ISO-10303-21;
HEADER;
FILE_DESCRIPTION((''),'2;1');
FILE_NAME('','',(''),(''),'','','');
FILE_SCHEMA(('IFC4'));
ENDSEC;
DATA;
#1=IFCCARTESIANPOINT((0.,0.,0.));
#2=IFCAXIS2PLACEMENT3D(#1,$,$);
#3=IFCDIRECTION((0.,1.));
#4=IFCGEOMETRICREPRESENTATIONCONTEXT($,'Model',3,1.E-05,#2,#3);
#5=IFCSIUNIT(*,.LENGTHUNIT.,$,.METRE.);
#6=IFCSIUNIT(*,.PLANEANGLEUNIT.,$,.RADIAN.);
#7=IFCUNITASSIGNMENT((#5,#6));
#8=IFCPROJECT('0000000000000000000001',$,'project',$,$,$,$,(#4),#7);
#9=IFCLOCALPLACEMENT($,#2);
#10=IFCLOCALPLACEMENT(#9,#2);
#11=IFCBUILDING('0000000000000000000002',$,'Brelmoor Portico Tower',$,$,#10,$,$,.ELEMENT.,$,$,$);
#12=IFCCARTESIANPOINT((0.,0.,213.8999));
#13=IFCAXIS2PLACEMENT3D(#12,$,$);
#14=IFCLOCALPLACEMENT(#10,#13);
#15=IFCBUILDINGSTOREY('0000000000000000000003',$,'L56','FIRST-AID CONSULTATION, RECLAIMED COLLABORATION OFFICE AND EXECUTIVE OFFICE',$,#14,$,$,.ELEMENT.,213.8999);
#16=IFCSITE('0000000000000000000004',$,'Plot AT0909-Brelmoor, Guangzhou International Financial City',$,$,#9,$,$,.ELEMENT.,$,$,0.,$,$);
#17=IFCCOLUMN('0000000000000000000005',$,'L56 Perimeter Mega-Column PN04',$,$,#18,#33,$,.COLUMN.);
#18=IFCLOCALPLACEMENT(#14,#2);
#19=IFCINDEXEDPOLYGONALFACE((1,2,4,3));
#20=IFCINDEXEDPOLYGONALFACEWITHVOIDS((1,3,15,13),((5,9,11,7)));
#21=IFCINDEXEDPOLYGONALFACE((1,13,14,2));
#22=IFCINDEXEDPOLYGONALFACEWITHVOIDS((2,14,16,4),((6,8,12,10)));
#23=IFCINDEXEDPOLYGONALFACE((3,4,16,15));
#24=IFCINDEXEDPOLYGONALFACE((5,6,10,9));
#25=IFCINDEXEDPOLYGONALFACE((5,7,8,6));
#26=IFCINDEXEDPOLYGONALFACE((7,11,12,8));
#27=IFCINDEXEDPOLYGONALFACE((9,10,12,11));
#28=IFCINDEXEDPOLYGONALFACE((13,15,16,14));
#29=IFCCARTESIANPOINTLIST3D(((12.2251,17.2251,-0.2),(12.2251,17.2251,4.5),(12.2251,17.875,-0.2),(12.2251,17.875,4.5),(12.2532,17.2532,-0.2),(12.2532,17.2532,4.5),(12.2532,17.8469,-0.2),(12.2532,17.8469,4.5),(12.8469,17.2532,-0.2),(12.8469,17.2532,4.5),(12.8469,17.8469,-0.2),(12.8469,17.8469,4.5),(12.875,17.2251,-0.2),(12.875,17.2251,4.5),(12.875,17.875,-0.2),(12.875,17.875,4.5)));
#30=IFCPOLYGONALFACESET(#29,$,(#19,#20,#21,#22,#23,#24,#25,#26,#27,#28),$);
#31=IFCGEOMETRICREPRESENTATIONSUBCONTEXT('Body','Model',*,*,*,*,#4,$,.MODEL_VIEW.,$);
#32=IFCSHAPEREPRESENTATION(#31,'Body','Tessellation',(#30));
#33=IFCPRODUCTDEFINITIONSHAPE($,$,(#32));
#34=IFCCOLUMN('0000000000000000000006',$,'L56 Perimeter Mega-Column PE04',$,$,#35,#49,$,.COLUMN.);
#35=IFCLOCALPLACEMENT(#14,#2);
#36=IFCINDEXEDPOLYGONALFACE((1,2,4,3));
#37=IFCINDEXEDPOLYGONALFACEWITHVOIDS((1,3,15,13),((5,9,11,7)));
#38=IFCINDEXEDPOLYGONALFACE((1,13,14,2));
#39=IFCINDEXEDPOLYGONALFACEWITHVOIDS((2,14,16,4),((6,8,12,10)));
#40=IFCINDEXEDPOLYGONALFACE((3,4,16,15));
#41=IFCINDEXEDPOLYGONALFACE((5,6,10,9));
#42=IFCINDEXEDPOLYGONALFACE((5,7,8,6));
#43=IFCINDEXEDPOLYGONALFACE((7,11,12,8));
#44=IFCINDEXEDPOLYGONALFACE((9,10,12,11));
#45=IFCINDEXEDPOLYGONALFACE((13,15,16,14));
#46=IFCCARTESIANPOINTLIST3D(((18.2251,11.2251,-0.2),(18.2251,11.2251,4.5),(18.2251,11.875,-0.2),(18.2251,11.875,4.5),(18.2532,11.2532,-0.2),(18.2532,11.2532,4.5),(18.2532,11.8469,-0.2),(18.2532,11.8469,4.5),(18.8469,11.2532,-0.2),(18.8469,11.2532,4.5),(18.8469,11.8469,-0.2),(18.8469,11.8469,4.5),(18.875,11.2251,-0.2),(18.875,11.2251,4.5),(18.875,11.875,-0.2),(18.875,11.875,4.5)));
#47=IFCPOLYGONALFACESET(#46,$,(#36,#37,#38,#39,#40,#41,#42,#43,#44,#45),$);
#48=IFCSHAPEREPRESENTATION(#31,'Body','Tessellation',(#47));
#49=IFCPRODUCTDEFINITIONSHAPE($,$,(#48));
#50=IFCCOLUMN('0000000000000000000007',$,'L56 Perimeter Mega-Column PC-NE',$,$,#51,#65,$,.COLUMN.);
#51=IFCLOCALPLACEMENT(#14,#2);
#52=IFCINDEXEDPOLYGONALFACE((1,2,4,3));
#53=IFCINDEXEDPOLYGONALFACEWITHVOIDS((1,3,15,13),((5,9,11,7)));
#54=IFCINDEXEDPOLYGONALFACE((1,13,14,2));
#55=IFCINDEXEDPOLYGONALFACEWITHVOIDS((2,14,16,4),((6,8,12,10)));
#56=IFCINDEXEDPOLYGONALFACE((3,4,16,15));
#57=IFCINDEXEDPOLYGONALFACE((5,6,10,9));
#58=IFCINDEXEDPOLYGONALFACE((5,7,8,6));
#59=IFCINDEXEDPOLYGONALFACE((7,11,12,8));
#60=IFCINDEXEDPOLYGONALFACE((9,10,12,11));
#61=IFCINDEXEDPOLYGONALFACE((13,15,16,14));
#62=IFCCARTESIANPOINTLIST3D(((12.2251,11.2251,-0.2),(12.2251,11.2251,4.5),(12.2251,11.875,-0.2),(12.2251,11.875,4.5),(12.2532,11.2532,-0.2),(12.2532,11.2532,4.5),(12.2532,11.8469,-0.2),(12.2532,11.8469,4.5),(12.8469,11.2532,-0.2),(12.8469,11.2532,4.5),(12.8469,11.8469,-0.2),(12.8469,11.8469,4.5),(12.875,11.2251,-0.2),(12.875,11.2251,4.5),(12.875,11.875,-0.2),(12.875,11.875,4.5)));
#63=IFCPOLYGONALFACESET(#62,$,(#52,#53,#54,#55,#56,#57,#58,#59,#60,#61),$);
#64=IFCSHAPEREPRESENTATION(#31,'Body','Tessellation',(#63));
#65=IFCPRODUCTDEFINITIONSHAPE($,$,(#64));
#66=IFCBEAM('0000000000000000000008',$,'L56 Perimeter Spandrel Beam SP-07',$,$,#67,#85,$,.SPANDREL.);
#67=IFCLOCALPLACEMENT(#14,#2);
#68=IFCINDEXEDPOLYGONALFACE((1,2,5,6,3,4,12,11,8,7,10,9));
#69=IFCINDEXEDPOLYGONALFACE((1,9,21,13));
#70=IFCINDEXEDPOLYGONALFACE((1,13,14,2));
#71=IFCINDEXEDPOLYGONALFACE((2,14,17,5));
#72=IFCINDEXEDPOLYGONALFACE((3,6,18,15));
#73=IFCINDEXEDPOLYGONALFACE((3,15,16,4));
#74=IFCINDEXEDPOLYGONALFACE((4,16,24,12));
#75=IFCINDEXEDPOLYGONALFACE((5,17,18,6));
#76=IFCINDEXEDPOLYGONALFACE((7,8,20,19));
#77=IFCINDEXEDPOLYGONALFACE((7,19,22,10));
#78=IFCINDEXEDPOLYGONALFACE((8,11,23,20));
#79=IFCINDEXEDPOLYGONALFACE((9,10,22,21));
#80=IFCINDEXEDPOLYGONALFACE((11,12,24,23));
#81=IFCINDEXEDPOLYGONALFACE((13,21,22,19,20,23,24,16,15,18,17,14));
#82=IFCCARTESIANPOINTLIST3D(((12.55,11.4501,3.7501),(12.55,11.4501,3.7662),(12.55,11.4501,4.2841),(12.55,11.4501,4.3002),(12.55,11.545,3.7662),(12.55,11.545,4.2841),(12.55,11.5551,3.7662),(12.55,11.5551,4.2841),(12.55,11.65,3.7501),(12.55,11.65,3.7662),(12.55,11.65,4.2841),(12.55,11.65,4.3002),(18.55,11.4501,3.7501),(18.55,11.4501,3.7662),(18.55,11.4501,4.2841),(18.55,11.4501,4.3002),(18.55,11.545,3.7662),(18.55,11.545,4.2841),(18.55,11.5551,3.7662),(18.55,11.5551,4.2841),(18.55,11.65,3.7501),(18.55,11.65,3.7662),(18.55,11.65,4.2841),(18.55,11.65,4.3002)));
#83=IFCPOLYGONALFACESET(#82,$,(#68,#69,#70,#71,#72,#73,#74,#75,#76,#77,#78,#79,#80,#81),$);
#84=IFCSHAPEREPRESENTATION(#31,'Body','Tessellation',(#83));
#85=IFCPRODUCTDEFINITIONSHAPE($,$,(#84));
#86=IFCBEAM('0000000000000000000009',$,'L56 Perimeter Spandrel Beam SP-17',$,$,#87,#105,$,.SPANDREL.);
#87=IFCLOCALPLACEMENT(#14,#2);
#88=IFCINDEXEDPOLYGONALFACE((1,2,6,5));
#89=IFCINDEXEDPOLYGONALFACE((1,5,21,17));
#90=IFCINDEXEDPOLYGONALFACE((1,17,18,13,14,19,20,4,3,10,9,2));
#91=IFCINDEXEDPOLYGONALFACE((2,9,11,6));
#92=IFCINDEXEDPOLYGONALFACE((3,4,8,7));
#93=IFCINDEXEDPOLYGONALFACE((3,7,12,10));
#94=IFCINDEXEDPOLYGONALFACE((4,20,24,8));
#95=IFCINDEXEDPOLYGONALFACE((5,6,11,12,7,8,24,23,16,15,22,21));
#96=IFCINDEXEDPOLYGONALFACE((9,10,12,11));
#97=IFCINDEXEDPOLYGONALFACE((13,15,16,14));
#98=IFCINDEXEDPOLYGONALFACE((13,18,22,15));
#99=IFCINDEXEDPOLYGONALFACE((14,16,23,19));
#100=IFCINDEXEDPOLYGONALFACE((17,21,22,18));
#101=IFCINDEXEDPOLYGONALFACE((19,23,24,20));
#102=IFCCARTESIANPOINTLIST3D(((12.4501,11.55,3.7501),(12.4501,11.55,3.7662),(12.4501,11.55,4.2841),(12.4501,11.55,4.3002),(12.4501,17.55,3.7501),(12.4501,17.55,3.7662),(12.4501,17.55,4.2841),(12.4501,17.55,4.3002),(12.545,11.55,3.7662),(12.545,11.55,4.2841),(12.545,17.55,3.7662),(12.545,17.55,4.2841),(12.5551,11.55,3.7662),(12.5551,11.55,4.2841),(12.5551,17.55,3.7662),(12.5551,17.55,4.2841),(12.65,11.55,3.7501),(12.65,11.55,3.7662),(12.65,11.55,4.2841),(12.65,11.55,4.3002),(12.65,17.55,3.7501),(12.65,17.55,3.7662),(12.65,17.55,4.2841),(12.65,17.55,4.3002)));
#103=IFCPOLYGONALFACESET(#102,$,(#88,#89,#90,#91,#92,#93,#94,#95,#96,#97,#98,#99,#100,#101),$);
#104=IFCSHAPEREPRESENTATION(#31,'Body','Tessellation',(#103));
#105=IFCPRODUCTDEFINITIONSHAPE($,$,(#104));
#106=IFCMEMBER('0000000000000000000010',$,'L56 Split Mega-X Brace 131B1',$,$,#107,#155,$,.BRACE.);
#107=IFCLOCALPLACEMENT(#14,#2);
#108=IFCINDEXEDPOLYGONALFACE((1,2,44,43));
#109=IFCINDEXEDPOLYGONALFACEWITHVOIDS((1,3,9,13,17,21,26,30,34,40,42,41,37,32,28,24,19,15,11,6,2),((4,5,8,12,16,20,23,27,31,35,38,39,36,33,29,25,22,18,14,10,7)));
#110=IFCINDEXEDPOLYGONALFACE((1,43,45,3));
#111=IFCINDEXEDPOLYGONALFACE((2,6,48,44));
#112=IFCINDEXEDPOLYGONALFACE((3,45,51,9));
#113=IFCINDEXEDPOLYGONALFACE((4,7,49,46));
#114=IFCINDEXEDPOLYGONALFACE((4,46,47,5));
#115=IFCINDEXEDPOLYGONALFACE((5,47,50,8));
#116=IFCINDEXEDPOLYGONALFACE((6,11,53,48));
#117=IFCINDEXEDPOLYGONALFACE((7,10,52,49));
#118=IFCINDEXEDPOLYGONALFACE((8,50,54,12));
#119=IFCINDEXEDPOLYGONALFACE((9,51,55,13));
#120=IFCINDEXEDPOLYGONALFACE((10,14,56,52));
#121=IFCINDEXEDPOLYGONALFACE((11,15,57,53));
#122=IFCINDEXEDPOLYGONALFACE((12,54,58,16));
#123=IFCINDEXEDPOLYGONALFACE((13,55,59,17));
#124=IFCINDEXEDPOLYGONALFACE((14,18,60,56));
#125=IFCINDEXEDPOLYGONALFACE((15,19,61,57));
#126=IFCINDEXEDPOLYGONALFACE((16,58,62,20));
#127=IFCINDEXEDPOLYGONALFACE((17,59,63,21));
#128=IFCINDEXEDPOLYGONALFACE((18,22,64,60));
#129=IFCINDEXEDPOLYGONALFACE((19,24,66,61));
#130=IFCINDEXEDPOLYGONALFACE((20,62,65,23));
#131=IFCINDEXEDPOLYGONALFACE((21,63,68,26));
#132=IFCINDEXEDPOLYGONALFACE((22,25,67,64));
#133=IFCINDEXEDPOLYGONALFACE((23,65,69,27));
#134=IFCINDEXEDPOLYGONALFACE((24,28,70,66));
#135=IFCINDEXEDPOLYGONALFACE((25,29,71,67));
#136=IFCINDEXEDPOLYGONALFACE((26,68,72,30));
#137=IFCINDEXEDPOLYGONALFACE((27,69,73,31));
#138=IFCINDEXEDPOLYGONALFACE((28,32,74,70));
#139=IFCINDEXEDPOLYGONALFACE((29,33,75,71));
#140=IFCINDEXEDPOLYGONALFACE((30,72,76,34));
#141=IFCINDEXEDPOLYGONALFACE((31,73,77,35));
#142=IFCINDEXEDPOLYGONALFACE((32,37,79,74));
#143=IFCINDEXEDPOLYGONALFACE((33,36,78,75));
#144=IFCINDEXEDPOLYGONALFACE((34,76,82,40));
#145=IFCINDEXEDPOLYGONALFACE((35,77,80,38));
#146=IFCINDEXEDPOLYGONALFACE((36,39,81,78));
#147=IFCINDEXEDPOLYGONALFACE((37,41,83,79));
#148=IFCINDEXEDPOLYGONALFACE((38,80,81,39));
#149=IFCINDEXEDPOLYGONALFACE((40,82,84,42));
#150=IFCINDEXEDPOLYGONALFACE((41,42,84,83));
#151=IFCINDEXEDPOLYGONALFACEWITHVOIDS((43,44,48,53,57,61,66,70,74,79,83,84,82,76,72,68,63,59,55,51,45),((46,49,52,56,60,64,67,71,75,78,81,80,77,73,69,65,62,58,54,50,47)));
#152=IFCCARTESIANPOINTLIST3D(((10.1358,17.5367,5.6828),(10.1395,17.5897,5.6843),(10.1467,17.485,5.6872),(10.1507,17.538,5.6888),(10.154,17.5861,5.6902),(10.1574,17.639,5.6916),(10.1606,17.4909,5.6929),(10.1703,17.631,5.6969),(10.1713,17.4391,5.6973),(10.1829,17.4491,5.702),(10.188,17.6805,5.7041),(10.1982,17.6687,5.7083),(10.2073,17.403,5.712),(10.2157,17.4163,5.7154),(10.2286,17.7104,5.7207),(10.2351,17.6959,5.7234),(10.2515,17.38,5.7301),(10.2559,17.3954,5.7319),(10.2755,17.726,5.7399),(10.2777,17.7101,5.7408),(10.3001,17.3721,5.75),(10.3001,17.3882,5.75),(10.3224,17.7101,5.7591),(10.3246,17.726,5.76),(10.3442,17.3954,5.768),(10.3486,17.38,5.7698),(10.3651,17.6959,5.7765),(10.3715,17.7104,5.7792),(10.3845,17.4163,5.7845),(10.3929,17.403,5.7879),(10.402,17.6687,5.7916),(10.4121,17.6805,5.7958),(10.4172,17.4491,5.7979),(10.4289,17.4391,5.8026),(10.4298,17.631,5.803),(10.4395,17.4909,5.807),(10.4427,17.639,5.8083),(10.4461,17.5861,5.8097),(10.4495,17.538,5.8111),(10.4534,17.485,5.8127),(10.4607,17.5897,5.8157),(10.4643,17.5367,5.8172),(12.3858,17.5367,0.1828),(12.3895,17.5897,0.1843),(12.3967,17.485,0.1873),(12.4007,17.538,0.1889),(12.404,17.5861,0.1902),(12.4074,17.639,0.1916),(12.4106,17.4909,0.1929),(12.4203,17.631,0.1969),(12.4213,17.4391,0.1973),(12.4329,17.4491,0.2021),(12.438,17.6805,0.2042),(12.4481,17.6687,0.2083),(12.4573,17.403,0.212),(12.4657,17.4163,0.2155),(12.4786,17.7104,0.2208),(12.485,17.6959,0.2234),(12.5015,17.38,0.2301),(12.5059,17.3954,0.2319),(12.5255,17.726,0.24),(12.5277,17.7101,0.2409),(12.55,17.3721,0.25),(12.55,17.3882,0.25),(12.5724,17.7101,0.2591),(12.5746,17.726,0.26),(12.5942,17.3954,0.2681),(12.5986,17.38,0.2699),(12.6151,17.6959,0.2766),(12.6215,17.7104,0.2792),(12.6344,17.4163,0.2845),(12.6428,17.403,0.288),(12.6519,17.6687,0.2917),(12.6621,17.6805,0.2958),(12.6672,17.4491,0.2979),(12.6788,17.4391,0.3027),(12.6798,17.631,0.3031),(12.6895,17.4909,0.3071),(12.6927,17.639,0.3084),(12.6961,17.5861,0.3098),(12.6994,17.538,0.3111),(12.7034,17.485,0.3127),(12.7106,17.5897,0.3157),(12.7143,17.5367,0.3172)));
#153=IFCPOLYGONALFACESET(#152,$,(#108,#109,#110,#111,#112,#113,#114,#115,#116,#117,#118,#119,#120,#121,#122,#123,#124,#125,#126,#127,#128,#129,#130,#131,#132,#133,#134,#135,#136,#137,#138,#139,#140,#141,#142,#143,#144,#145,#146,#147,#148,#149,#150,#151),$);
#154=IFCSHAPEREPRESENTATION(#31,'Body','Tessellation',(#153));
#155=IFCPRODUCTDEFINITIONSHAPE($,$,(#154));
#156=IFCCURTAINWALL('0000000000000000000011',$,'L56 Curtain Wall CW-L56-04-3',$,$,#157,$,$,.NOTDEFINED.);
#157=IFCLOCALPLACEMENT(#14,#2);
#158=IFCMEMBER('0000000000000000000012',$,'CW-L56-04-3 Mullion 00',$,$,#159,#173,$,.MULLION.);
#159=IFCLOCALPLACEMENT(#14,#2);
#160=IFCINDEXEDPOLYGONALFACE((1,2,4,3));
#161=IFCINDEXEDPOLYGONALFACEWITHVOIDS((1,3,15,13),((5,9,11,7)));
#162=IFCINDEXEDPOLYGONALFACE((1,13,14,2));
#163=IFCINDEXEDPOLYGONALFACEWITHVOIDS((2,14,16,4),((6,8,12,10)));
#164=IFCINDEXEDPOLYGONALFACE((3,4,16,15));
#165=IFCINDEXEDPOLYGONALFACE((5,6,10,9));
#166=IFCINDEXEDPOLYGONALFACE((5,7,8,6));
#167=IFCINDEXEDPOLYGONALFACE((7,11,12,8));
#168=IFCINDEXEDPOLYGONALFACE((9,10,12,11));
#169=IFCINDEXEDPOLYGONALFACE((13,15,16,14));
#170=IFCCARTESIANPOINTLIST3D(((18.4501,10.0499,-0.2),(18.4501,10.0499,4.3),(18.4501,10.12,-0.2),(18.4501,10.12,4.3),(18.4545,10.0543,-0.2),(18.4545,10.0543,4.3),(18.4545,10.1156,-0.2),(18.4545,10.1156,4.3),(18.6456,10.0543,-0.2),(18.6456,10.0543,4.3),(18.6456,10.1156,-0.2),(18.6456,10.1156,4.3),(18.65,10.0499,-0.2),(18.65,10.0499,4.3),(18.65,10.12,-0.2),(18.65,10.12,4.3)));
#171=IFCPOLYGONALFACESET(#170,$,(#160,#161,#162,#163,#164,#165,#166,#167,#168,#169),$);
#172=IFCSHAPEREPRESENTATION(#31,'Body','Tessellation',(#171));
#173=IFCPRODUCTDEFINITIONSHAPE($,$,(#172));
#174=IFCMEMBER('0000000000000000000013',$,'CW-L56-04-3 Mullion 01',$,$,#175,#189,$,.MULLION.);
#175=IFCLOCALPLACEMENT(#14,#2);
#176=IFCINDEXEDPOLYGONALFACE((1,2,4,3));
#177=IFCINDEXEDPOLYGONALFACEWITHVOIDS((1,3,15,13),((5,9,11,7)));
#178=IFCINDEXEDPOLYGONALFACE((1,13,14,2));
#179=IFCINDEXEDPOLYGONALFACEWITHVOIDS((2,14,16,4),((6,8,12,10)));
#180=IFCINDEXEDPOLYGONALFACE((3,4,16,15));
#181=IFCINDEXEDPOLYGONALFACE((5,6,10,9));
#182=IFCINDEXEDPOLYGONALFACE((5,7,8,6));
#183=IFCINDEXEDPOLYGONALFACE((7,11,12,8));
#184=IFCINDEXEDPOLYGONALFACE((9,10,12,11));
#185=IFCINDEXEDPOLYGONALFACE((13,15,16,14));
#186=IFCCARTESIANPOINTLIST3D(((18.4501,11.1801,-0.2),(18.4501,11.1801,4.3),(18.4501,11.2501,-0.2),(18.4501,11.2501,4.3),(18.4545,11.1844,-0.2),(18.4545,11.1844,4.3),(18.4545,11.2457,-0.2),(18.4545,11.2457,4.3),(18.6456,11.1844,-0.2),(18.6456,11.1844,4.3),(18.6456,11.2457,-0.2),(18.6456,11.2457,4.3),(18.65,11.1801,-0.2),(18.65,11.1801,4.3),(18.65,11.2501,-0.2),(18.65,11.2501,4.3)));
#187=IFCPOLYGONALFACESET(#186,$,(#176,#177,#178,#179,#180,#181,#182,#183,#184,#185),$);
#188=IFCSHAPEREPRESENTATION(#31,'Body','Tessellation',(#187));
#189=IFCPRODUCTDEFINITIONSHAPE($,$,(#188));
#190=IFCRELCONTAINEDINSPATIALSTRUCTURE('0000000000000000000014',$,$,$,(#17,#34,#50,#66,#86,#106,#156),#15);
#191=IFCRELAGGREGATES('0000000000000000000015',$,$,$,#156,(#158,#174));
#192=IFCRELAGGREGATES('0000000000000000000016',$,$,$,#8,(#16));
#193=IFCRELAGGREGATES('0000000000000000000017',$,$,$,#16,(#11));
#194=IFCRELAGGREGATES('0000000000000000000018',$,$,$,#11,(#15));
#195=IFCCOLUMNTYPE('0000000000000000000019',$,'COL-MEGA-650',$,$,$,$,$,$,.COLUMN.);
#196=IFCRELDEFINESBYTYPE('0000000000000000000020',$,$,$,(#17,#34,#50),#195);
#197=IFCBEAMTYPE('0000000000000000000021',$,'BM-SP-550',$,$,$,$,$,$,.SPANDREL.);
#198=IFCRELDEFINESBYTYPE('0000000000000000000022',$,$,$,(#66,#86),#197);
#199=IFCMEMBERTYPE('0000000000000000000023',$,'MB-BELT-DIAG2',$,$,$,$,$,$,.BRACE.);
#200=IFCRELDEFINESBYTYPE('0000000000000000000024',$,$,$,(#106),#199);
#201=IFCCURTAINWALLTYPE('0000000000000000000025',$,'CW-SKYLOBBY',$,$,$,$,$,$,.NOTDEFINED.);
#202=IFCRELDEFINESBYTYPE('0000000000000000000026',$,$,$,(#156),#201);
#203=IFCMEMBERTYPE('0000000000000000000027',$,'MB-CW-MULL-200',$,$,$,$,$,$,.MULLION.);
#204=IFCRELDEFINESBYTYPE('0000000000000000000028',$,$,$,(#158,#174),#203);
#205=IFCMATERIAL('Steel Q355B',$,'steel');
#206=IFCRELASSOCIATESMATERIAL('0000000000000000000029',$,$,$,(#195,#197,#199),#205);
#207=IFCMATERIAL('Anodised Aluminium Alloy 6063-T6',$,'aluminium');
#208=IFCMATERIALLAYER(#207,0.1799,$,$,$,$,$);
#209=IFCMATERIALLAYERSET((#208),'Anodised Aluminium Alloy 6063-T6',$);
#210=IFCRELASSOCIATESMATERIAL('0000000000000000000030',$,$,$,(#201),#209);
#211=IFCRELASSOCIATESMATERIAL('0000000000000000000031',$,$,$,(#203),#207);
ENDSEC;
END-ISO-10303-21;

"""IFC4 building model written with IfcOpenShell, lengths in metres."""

from ifc_helpers import new_model, si_unit, direction, frame, origin, origin_2d, place, context, subcontext, project, spatial, hollow_rectangle, hollow_circle, i_section, extrude, material, layer, layer_set, material_profile, profile_set, type_object, element, aggregate, save


model = new_model("IFC4")

# Units and contexts
model_context = context("Model", 3, precision=1e-05, world=origin(), true_north=direction((0.0, 1.0)))
body_context = subcontext(model_context, "Body", "Model", "MODEL_VIEW")
ifc_project = project(units=[si_unit("LENGTHUNIT", "METRE"), si_unit("PLANEANGLEUNIT", "RADIAN")], contexts=[model_context])

# Site, building, storey
site_placement = place(None, origin())
site = spatial("IfcSite", under=ifc_project, at=site_placement, Name="Plot AT0909-Brelmoor, Guangzhou International Financial City", CompositionType="ELEMENT", RefElevation=0.0)
building_placement = place(site_placement, origin())
building = spatial("IfcBuilding", under=site, at=building_placement, Name="Brelmoor Portico Tower", CompositionType="ELEMENT")
storey_placement = place(building_placement, frame((0.0, 0.0, 213.8999)))
storey = spatial("IfcBuildingStorey", under=building, at=storey_placement, Name="L56", Description="FIRST-AID CONSULTATION, RECLAIMED COLLABORATION OFFICE AND EXECUTIVE OFFICE", CompositionType="ELEMENT", Elevation=213.8999)

# Columns
ifc_material_1 = material(Name="Steel Q355B", Category="steel")
ifc_material_profile_1 = material_profile(ifc_material_1, hollow_rectangle(XDim=0.6499, YDim=0.6499, WallThickness=0.0281, at=origin_2d()), Name="BOX 650x650x28")
ifc_profile_set_1 = profile_set([ifc_material_profile_1], Name="Steel Q355B")
column_type = type_object("IfcColumnType", Name="COL-MEGA-650", PredefinedType="COLUMN", material=ifc_profile_set_1)
for number, where, z_axis, x_axis, name in (
    (1, (12.55, 17.55, -0.2), (0.0, 0.0, 1.0), (1.0, 0.0, 0.0), "L56 Perimeter Mega-Column PN04"),
    (2, (18.55, 11.55, -0.2), (0.0, 0.0, 1.0), (0.0, 1.0, 0.0), "L56 Perimeter Mega-Column PE04"),
    (3, (12.55, 11.55, -0.2), (0.0, 0.0, 1.0), (1.0, 0.0, 0.0), "L56 Perimeter Mega-Column PC-NE"),
):
    element("IfcColumn", number, at=place(storey_placement, frame(where, z_axis=z_axis, x_axis=x_axis)), inside=storey, type_object=column_type, Name=name, PredefinedType="COLUMN", context=body_context, shape_type="SweptSolid", body=[
        extrude(hollow_rectangle(XDim=0.6499, YDim=0.6499, WallThickness=0.0281, at=origin_2d()), origin(), (0.0, 0.0, 1.0), 4.7),
    ])

# Beams
ifc_material_profile_2 = material_profile(ifc_material_1, i_section(OverallWidth=0.2, OverallDepth=0.55, WebThickness=0.01, FlangeThickness=0.0161, at=origin_2d()), Name="HN 550x200x10x16")
ifc_profile_set_2 = profile_set([ifc_material_profile_2], Name="Steel Q355B")
beam_type = type_object("IfcBeamType", Name="BM-SP-550", PredefinedType="SPANDREL", material=ifc_profile_set_2)
for number, where, z_axis, x_axis, name in (
    (4, (12.55, 11.55, 4.0251), (1.0, 0.0, 0.0), (0.0, 1.0, 0.0), "L56 Perimeter Spandrel Beam SP-07"),
    (5, (12.55, 11.55, 4.0251), (0.0, 1.0, 0.0), (-1.0, 0.0, 0.0), "L56 Perimeter Spandrel Beam SP-17"),
):
    element("IfcBeam", number, at=place(storey_placement, frame(where, z_axis=z_axis, x_axis=x_axis)), inside=storey, type_object=beam_type, Name=name, PredefinedType="SPANDREL", context=body_context, shape_type="SweptSolid", body=[
        extrude(i_section(OverallWidth=0.2, OverallDepth=0.55, WebThickness=0.01, FlangeThickness=0.0161, at=origin_2d()), origin(), (0.0, 0.0, 1.0), 6.0),
    ])

# Member
ifc_material_profile_3 = material_profile(ifc_material_1, hollow_circle(Radius=0.178, WallThickness=0.0161, at=origin_2d()), Name="CHS 356x16")
ifc_profile_set_3 = profile_set([ifc_material_profile_3], Name="Steel Q355B")
member_type_1 = type_object("IfcMemberType", Name="MB-BELT-DIAG2", PredefinedType="BRACE", material=ifc_profile_set_3)
member_1_placement = place(storey_placement, frame((12.55, 17.55, 0.25), z_axis=(-0.378633, 0.0, 0.925547), x_axis=(0.0, -1.0, 0.0)))
element("IfcMember", 6, at=member_1_placement, inside=storey, type_object=member_type_1, Name="L56 Split Mega-X Brace 131B1", PredefinedType="BRACE", context=body_context, shape_type="SweptSolid", body=[
    extrude(hollow_circle(Radius=0.178, WallThickness=0.0161, at=origin_2d()), origin(), (0.0, 0.0, 1.0), 5.9424),
])

# Curtain wall, members
ifc_material_2 = material(Name="Anodised Aluminium Alloy 6063-T6", Category="aluminium")
ifc_layer_1 = layer(ifc_material_2, 0.1799)
ifc_layer_set_1 = layer_set([ifc_layer_1], Name="Anodised Aluminium Alloy 6063-T6")
curtain_wall_type = type_object("IfcCurtainWallType", Name="CW-SKYLOBBY", PredefinedType="NOTDEFINED", material=ifc_layer_set_1)
curtain_wall_placement = place(storey_placement, origin())
curtain_wall = element("IfcCurtainWall", 7, at=curtain_wall_placement, inside=storey, type_object=curtain_wall_type, Name="L56 Curtain Wall CW-L56-04-3", PredefinedType="NOTDEFINED")
ifc_material_profile_4 = material_profile(ifc_material_2, hollow_rectangle(XDim=0.0701, YDim=0.2, WallThickness=0.0044, at=origin_2d()), Name="ALU MULLION 70x200")
ifc_profile_set_4 = profile_set([ifc_material_profile_4], Name="Anodised Aluminium Alloy 6063-T6")
member_type_2 = type_object("IfcMemberType", Name="MB-CW-MULL-200", PredefinedType="MULLION", material=ifc_profile_set_4)
member_2_placement = place(storey_placement, frame((18.55, 10.085, -0.2), z_axis=(0.0, 0.0, 1.0), x_axis=(0.0, 1.0, 0.0)))
member_2 = element("IfcMember", 8, at=member_2_placement, type_object=member_type_2, Name="CW-L56-04-3 Mullion 00", PredefinedType="MULLION", context=body_context, shape_type="SweptSolid", body=[
    extrude(hollow_rectangle(XDim=0.0701, YDim=0.2, WallThickness=0.0044, at=origin_2d()), origin(), (0.0, 0.0, 1.0), 4.5),
])
member_3_placement = place(storey_placement, frame((18.55, 11.2151, -0.2), z_axis=(0.0, 0.0, 1.0), x_axis=(0.0, 1.0, 0.0)))
member_3 = element("IfcMember", 9, at=member_3_placement, type_object=member_type_2, Name="CW-L56-04-3 Mullion 01", PredefinedType="MULLION", context=body_context, shape_type="SweptSolid", body=[
    extrude(hollow_rectangle(XDim=0.0701, YDim=0.2, WallThickness=0.0044, at=origin_2d()), origin(), (0.0, 0.0, 1.0), 4.5),
])

aggregate(curtain_wall, [member_2, member_3])

save(model, "model.ifc")
